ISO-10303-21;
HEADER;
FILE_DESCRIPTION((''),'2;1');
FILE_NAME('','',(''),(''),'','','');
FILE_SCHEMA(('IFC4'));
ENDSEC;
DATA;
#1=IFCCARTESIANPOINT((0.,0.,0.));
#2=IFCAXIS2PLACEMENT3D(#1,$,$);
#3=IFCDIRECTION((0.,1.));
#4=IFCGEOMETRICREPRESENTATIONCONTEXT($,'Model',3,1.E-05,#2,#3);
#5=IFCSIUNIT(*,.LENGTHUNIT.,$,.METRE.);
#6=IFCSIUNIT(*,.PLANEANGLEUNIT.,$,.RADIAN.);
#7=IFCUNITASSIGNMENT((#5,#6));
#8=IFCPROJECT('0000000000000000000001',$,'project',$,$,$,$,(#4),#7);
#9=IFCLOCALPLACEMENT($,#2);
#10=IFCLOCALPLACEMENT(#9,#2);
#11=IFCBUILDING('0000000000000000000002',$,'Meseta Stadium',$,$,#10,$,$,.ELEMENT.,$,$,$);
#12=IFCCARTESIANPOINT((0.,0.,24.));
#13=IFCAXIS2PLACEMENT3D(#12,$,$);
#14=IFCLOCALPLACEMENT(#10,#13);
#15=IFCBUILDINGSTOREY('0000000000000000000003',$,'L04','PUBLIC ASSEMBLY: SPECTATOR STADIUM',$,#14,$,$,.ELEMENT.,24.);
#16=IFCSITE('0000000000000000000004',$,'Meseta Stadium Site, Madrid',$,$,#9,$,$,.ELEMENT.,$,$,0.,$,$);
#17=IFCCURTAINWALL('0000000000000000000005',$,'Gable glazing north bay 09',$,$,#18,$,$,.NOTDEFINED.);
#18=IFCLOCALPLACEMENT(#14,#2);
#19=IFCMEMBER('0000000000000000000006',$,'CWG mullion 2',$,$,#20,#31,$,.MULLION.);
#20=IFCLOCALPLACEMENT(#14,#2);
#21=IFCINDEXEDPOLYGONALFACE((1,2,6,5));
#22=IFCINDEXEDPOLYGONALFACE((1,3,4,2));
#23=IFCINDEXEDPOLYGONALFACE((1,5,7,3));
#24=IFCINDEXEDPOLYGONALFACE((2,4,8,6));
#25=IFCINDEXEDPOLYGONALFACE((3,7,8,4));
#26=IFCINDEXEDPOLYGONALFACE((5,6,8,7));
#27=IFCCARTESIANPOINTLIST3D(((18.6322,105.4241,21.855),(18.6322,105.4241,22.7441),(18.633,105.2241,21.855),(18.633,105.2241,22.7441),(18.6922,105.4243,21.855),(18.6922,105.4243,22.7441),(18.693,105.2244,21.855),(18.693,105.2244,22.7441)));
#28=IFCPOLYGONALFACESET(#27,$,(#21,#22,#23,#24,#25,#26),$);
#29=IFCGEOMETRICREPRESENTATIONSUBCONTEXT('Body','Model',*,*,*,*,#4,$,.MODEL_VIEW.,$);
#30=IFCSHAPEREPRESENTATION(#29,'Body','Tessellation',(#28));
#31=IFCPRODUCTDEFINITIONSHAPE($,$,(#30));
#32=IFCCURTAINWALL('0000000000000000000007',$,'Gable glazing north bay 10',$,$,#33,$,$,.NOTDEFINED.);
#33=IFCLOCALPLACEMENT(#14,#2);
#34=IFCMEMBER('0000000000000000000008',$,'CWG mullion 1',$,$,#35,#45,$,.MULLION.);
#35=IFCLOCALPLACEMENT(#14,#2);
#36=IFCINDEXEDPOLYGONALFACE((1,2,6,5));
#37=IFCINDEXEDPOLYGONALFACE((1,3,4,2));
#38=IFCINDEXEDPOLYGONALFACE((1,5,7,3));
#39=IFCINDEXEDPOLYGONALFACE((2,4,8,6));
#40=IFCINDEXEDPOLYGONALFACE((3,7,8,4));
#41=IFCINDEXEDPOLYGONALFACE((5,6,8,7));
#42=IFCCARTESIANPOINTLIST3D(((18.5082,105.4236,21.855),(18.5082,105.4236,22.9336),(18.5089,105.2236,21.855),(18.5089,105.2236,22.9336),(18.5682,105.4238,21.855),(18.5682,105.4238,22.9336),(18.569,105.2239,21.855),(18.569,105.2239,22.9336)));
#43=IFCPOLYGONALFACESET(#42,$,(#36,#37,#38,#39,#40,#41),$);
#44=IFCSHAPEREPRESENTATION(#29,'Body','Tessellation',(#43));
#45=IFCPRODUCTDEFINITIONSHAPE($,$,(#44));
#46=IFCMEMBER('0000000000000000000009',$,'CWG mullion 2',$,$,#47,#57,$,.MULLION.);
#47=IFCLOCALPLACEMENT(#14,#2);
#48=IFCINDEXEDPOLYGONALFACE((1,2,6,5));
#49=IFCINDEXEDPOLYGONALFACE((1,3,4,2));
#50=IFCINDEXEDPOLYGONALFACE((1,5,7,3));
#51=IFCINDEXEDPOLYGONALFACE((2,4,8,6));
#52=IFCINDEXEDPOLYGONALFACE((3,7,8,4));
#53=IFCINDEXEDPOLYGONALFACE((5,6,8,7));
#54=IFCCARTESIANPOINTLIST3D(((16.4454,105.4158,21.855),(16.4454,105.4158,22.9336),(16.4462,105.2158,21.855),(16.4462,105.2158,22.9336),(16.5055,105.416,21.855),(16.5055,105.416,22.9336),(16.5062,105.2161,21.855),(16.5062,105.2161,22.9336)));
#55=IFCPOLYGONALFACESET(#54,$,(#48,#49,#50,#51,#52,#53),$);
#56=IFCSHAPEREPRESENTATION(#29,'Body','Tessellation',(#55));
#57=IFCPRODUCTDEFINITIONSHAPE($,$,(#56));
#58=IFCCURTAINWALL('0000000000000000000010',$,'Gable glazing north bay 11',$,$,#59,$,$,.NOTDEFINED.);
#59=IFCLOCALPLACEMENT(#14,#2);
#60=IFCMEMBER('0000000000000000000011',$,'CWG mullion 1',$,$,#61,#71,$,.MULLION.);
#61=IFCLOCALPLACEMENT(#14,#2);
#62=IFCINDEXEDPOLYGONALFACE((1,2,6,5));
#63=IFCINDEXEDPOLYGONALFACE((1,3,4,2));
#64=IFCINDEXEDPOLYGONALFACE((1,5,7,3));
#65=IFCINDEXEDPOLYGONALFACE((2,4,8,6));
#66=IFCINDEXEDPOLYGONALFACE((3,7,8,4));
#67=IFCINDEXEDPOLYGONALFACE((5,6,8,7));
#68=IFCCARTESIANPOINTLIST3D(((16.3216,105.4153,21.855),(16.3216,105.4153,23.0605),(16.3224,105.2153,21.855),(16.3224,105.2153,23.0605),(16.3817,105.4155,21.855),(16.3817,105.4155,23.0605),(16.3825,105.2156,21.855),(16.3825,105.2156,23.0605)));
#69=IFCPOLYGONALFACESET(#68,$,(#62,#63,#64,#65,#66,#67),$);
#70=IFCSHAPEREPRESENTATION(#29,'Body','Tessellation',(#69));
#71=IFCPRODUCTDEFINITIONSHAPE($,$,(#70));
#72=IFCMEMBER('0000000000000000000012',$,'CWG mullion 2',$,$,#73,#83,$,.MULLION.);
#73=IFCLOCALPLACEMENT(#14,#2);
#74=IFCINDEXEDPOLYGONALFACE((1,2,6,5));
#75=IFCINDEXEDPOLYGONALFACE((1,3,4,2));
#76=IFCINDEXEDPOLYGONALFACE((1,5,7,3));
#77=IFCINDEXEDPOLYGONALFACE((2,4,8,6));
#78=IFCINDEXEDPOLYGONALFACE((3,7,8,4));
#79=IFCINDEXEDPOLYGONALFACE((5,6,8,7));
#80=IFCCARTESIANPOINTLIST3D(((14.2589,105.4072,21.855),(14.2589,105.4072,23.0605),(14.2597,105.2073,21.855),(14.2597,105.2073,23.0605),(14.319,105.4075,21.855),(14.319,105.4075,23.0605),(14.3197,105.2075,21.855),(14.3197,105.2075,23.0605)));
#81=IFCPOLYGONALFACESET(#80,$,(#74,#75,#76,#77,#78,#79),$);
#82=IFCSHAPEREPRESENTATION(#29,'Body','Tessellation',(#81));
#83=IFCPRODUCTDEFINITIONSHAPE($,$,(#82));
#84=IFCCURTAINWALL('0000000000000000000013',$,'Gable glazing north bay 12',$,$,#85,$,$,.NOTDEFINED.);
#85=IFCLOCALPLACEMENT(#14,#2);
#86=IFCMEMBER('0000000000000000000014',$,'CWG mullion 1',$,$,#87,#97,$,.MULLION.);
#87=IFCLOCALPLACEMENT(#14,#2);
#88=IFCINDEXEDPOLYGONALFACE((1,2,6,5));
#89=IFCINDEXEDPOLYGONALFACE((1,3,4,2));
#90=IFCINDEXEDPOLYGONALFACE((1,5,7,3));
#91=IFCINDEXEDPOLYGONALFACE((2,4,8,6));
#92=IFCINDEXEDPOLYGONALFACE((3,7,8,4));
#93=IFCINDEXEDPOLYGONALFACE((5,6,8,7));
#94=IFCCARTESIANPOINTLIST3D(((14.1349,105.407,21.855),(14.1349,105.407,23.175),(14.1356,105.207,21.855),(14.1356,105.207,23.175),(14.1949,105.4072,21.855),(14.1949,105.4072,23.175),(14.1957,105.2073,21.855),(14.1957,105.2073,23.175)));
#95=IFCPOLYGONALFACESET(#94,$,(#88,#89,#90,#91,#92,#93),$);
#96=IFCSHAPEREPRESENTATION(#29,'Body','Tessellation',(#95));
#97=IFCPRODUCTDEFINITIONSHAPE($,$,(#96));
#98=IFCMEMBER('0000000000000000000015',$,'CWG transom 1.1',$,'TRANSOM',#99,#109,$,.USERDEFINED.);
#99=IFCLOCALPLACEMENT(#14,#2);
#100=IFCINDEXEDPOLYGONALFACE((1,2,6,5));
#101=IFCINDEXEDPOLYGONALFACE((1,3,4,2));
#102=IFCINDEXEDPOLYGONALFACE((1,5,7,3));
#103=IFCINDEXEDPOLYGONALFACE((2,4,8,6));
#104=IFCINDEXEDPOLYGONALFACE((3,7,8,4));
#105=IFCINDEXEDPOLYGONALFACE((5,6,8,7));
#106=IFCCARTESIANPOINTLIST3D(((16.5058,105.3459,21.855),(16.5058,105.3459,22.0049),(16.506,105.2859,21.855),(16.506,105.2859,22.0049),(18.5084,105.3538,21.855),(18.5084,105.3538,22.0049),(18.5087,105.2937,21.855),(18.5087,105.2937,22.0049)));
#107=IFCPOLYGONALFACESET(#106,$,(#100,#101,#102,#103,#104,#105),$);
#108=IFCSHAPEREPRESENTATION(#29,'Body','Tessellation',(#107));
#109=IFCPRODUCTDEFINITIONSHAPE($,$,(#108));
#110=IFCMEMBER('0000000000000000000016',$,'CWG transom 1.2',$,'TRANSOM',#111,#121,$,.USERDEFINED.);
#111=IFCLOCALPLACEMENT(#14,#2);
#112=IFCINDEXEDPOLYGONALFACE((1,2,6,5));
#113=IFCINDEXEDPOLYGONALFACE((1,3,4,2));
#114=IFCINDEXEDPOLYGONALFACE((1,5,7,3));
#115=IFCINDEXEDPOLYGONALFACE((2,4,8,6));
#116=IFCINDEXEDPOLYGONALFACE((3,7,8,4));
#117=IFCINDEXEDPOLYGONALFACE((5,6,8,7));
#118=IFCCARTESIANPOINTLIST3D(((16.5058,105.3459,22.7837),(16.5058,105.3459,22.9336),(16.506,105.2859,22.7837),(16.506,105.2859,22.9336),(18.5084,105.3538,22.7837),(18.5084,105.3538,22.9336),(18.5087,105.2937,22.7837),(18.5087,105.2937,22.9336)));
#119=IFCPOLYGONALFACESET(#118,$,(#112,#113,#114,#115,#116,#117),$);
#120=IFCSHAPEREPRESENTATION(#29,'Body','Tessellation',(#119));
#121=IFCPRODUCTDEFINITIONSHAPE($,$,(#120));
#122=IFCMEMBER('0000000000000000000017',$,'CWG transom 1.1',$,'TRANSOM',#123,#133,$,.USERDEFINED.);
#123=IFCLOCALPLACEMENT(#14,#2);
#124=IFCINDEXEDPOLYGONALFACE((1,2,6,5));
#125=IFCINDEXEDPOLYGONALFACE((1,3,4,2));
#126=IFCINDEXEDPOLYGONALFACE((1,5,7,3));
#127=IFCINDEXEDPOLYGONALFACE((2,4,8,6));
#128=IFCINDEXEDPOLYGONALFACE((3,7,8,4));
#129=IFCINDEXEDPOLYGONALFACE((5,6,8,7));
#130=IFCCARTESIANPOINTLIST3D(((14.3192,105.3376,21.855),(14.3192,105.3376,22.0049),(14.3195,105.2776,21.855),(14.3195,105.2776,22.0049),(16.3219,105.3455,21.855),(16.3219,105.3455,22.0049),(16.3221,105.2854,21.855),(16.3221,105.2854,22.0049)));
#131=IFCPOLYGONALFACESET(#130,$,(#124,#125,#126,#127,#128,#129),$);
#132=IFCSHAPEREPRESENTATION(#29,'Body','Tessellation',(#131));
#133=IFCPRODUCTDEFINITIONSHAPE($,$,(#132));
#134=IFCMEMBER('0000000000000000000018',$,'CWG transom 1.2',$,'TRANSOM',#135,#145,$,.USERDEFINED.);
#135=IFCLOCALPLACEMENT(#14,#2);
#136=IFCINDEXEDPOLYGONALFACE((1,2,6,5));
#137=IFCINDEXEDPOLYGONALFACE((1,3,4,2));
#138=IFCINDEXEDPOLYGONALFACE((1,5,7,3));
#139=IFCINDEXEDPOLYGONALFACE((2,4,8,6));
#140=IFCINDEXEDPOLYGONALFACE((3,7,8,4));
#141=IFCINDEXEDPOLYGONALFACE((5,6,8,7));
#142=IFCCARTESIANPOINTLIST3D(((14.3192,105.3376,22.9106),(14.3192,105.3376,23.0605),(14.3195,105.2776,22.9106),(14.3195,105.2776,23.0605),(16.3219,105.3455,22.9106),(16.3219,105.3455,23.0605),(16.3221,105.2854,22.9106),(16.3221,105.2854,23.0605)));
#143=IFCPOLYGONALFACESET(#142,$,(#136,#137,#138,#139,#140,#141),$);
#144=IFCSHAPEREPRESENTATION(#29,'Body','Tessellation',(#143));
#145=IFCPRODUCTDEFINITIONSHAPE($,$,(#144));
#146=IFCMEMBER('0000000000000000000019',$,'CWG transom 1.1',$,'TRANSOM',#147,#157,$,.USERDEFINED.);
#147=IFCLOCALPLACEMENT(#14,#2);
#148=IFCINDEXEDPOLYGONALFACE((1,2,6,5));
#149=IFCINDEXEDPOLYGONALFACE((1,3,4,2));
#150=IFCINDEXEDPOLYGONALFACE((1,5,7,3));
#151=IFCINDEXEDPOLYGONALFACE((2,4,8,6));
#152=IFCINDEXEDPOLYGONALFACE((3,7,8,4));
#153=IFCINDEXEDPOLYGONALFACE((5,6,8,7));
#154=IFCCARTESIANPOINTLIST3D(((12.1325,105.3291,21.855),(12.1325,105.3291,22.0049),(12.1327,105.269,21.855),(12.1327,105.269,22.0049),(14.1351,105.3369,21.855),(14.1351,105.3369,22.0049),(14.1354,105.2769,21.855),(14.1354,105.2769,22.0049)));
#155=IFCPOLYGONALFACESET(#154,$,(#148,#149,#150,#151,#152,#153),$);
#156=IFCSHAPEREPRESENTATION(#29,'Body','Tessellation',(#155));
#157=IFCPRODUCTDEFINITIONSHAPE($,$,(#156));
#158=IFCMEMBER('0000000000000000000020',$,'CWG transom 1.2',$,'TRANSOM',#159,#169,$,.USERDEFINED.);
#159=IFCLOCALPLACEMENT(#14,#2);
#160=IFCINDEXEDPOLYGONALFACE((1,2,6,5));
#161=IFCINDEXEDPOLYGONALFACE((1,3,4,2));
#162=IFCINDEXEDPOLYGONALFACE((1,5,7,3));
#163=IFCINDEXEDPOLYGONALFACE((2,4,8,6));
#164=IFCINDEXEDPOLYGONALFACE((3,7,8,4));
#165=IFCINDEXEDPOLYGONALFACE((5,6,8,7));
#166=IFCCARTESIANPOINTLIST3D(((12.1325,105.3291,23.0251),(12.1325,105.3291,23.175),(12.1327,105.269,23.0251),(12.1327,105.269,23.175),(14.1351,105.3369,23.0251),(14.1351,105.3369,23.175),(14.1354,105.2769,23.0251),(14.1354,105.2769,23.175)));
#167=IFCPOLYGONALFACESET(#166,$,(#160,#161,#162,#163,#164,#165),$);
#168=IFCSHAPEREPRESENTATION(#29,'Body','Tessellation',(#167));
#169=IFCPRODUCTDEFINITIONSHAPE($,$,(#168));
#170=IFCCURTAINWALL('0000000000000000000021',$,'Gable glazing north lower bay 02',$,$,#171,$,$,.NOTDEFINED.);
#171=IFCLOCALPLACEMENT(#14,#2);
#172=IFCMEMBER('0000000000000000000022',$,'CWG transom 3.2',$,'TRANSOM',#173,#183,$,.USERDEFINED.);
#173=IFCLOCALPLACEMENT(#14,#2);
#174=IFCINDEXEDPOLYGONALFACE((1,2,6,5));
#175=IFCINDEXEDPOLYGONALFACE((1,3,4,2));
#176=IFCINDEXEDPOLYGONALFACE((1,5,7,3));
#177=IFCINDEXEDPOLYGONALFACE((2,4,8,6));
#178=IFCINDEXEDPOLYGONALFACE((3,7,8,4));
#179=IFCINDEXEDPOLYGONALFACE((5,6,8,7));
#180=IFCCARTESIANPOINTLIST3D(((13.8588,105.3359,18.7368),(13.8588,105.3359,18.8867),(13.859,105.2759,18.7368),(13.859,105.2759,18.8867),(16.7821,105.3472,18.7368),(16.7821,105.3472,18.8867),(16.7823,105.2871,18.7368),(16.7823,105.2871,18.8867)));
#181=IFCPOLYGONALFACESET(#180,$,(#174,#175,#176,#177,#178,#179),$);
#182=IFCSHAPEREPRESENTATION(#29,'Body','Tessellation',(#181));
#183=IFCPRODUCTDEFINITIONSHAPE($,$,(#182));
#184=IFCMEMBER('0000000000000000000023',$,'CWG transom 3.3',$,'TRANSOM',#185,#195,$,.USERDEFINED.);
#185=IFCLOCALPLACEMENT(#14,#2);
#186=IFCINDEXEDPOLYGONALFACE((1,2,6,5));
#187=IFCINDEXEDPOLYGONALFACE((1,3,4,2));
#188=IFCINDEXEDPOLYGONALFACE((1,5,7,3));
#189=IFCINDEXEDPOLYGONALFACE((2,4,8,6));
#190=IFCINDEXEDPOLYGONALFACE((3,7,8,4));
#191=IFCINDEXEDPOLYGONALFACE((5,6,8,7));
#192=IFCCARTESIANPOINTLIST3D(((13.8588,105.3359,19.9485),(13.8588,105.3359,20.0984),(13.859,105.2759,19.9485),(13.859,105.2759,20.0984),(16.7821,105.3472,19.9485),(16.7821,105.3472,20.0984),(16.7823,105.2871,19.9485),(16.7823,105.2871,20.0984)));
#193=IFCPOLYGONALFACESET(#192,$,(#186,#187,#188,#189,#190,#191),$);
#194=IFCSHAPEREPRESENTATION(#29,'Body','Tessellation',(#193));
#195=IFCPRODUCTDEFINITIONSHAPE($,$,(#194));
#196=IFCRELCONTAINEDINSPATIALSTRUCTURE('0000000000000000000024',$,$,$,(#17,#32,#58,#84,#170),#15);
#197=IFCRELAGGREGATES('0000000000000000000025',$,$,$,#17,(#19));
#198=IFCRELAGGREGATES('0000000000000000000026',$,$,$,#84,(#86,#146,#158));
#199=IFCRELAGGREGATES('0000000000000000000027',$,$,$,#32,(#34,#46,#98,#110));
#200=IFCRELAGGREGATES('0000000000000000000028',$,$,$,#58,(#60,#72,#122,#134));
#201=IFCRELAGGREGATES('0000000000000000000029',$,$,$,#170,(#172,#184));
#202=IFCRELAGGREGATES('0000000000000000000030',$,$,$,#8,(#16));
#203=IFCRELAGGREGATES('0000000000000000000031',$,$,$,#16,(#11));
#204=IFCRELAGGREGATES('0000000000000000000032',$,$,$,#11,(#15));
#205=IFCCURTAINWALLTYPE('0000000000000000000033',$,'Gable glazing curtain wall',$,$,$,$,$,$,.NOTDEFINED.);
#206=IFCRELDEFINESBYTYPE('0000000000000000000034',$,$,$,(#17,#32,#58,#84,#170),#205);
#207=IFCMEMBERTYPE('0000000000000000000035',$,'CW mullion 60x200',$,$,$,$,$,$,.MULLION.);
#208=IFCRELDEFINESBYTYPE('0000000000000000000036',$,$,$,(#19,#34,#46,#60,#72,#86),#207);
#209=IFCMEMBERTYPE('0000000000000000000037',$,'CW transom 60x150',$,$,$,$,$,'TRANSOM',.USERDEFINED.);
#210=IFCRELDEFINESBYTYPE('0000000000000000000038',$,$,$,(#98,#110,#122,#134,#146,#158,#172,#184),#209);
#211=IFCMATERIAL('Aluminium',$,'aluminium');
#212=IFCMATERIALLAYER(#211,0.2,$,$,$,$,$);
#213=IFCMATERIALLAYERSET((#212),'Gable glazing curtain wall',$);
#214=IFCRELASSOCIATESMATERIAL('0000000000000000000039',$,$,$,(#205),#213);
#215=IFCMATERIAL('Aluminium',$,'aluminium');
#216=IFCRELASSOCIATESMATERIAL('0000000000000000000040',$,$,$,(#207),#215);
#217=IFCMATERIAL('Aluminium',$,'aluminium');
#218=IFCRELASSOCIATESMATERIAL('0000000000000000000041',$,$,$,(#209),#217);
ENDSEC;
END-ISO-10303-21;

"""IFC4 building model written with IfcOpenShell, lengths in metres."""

from ifc_helpers import new_model, si_unit, direction, frame, origin, origin_2d, place, context, subcontext, project, spatial, rectangle, extrude, material, layer, layer_set, material_profile, profile_set, type_object, element, aggregate, save


model = new_model("IFC4")

# Units and contexts
model_context = context("Model", 3, precision=1e-05, world=origin(), true_north=direction((0.0, 1.0)))
body_context = subcontext(model_context, "Body", "Model", "MODEL_VIEW")
ifc_project = project(units=[si_unit("LENGTHUNIT", "METRE"), si_unit("PLANEANGLEUNIT", "RADIAN")], contexts=[model_context])

# Site, building, storey
site_placement = place(None, origin())
site = spatial("IfcSite", under=ifc_project, at=site_placement, Name="Meseta Stadium Site, Madrid", CompositionType="ELEMENT", RefElevation=0.0)
building_placement = place(site_placement, origin())
building = spatial("IfcBuilding", under=site, at=building_placement, Name="Meseta Stadium", CompositionType="ELEMENT")
storey_placement = place(building_placement, frame((0.0, 0.0, 24.0)))
storey = spatial("IfcBuildingStorey", under=building, at=storey_placement, Name="L04", Description="PUBLIC ASSEMBLY: SPECTATOR STADIUM", CompositionType="ELEMENT", Elevation=24.0)

# Curtain wall, member
ifc_material_1 = material(Name="Aluminium", Category="aluminium")
ifc_layer_1 = layer(ifc_material_1, 0.2)
ifc_layer_set_1 = layer_set([ifc_layer_1], Name="Gable glazing curtain wall")
curtain_wall_type = type_object("IfcCurtainWallType", Name="Gable glazing curtain wall", PredefinedType="NOTDEFINED", material=ifc_layer_set_1)
curtain_wall_1_placement = place(storey_placement, origin())
curtain_wall_1 = element("IfcCurtainWall", 1, at=curtain_wall_1_placement, inside=storey, type_object=curtain_wall_type, Name="Gable glazing north bay 09", PredefinedType="NOTDEFINED")
ifc_material_2 = material(Name="Aluminium", Category="aluminium")
ifc_material_profile_1 = material_profile(ifc_material_2, rectangle(XDim=0.2, YDim=0.0601, at=origin_2d()), Name="CW 200x60")
ifc_profile_set_1 = profile_set([ifc_material_profile_1], Name="Aluminium")
member_type_1 = type_object("IfcMemberType", Name="CW mullion 60x200", PredefinedType="MULLION", material=ifc_profile_set_1)
member_1_placement = place(storey_placement, frame((18.6626, 105.3242, 21.855), z_axis=(0.0, 0.0, 1.0), x_axis=(0.003848, -0.999993, 0.0)))
member_1 = element("IfcMember", 2, at=member_1_placement, type_object=member_type_1, Name="CWG mullion 2", PredefinedType="MULLION", context=body_context, shape_type="SweptSolid", body=[
    extrude(rectangle(XDim=0.2, YDim=0.0601, at=origin_2d()), origin(), (0.0, 0.0, 1.0), 0.8892),
])
aggregate(curtain_wall_1, [member_1])

# Curtain walls, members
curtain_wall_2_placement = place(storey_placement, origin())
curtain_wall_2 = element("IfcCurtainWall", 3, at=curtain_wall_2_placement, inside=storey, type_object=curtain_wall_type, Name="Gable glazing north bay 10", PredefinedType="NOTDEFINED")
member_2_placement = place(storey_placement, frame((18.5386, 105.3237, 21.855), z_axis=(0.0, 0.0, 1.0), x_axis=(0.003848, -0.999993, 0.0)))
member_2 = element("IfcMember", 4, at=member_2_placement, type_object=member_type_1, Name="CWG mullion 1", PredefinedType="MULLION", context=body_context, shape_type="SweptSolid", body=[
    extrude(rectangle(XDim=0.2, YDim=0.0601, at=origin_2d()), origin(), (0.0, 0.0, 1.0), 1.0786),
])
member_3_placement = place(storey_placement, frame((16.4758, 105.3159, 21.855), z_axis=(0.0, 0.0, 1.0), x_axis=(0.003848, -0.999993, 0.0)))
member_3 = element("IfcMember", 5, at=member_3_placement, type_object=member_type_1, Name="CWG mullion 2", PredefinedType="MULLION", context=body_context, shape_type="SweptSolid", body=[
    extrude(rectangle(XDim=0.2, YDim=0.0601, at=origin_2d()), origin(), (0.0, 0.0, 1.0), 1.0786),
])
curtain_wall_3_placement = place(storey_placement, origin())
curtain_wall_3 = element("IfcCurtainWall", 6, at=curtain_wall_3_placement, inside=storey, type_object=curtain_wall_type, Name="Gable glazing north bay 11", PredefinedType="NOTDEFINED")
member_4_placement = place(storey_placement, frame((16.3521, 105.3154, 21.855), z_axis=(0.0, 0.0, 1.0), x_axis=(0.003848, -0.999993, 0.0)))
member_4 = element("IfcMember", 7, at=member_4_placement, type_object=member_type_1, Name="CWG mullion 1", PredefinedType="MULLION", context=body_context, shape_type="SweptSolid", body=[
    extrude(rectangle(XDim=0.2, YDim=0.0601, at=origin_2d()), origin(), (0.0, 0.0, 1.0), 1.2056),
])
member_5_placement = place(storey_placement, frame((14.2893, 105.3074, 21.855), z_axis=(0.0, 0.0, 1.0), x_axis=(0.003848, -0.999993, 0.0)))
member_5 = element("IfcMember", 8, at=member_5_placement, type_object=member_type_1, Name="CWG mullion 2", PredefinedType="MULLION", context=body_context, shape_type="SweptSolid", body=[
    extrude(rectangle(XDim=0.2, YDim=0.0601, at=origin_2d()), origin(), (0.0, 0.0, 1.0), 1.2056),
])

# Curtain wall, member
curtain_wall_4_placement = place(storey_placement, origin())
curtain_wall_4 = element("IfcCurtainWall", 9, at=curtain_wall_4_placement, inside=storey, type_object=curtain_wall_type, Name="Gable glazing north bay 12", PredefinedType="NOTDEFINED")
member_6_placement = place(storey_placement, frame((14.1653, 105.3071, 21.855), z_axis=(0.0, 0.0, 1.0), x_axis=(0.003848, -0.999993, 0.0)))
member_6 = element("IfcMember", 10, at=member_6_placement, type_object=member_type_1, Name="CWG mullion 1", PredefinedType="MULLION", context=body_context, shape_type="SweptSolid", body=[
    extrude(rectangle(XDim=0.2, YDim=0.0601, at=origin_2d()), origin(), (0.0, 0.0, 1.0), 1.3201),
])

# Members
ifc_material_3 = material(Name="Aluminium", Category="aluminium")
ifc_material_profile_2 = material_profile(ifc_material_3, rectangle(XDim=0.0601, YDim=0.1499, at=origin_2d()), Name="CW 60x150")
ifc_profile_set_2 = profile_set([ifc_material_profile_2], Name="Aluminium")
member_type_2 = type_object("IfcMemberType", Name="CW transom 60x150", ElementType="TRANSOM", PredefinedType="USERDEFINED", material=ifc_profile_set_2)
member_7_placement = place(storey_placement, frame((18.5085, 105.3237, 21.9299), z_axis=(-0.999992, -0.003901, 0.0), x_axis=(0.003901, -0.999992, 0.0)))
member_7 = element("IfcMember", 11, at=member_7_placement, type_object=member_type_2, Name="CWG transom 1.1", ObjectType="TRANSOM", PredefinedType="USERDEFINED", context=body_context, shape_type="SweptSolid", body=[
    extrude(rectangle(XDim=0.0601, YDim=0.1499, at=origin_2d()), origin(), (0.0, 0.0, 1.0), 2.0027),
])
member_8_placement = place(storey_placement, frame((18.5085, 105.3237, 22.8586), z_axis=(-0.999992, -0.003901, 0.0), x_axis=(0.003901, -0.999992, 0.0)))
member_8 = element("IfcMember", 12, at=member_8_placement, type_object=member_type_2, Name="CWG transom 1.2", ObjectType="TRANSOM", PredefinedType="USERDEFINED", context=body_context, shape_type="SweptSolid", body=[
    extrude(rectangle(XDim=0.0601, YDim=0.1499, at=origin_2d()), origin(), (0.0, 0.0, 1.0), 2.0027),
])
member_9_placement = place(storey_placement, frame((16.322, 105.3154, 21.9299), z_axis=(-0.999992, -0.003901, 0.0), x_axis=(0.003901, -0.999992, 0.0)))
member_9 = element("IfcMember", 13, at=member_9_placement, type_object=member_type_2, Name="CWG transom 1.1", ObjectType="TRANSOM", PredefinedType="USERDEFINED", context=body_context, shape_type="SweptSolid", body=[
    extrude(rectangle(XDim=0.0601, YDim=0.1499, at=origin_2d()), origin(), (0.0, 0.0, 1.0), 2.0027),
])
member_10_placement = place(storey_placement, frame((16.322, 105.3154, 22.9856), z_axis=(-0.999992, -0.003901, 0.0), x_axis=(0.003901, -0.999992, 0.0)))
member_10 = element("IfcMember", 14, at=member_10_placement, type_object=member_type_2, Name="CWG transom 1.2", ObjectType="TRANSOM", PredefinedType="USERDEFINED", context=body_context, shape_type="SweptSolid", body=[
    extrude(rectangle(XDim=0.0601, YDim=0.1499, at=origin_2d()), origin(), (0.0, 0.0, 1.0), 2.0027),
])
member_11_placement = place(storey_placement, frame((14.1353, 105.3069, 21.9299), z_axis=(-0.999992, -0.003901, 0.0), x_axis=(0.003901, -0.999992, 0.0)))
member_11 = element("IfcMember", 15, at=member_11_placement, type_object=member_type_2, Name="CWG transom 1.1", ObjectType="TRANSOM", PredefinedType="USERDEFINED", context=body_context, shape_type="SweptSolid", body=[
    extrude(rectangle(XDim=0.0601, YDim=0.1499, at=origin_2d()), origin(), (0.0, 0.0, 1.0), 2.0027),
])
member_12_placement = place(storey_placement, frame((14.1353, 105.3069, 23.1001), z_axis=(-0.999992, -0.003901, 0.0), x_axis=(0.003901, -0.999992, 0.0)))
member_12 = element("IfcMember", 16, at=member_12_placement, type_object=member_type_2, Name="CWG transom 1.2", ObjectType="TRANSOM", PredefinedType="USERDEFINED", context=body_context, shape_type="SweptSolid", body=[
    extrude(rectangle(XDim=0.0601, YDim=0.1499, at=origin_2d()), origin(), (0.0, 0.0, 1.0), 2.0027),
])
aggregate(curtain_wall_4, [member_6, member_11, member_12])

# Curtain wall, members
curtain_wall_5_placement = place(storey_placement, origin())
curtain_wall_5 = element("IfcCurtainWall", 17, at=curtain_wall_5_placement, inside=storey, type_object=curtain_wall_type, Name="Gable glazing north lower bay 02", PredefinedType="NOTDEFINED")
member_13_placement = place(storey_placement, frame((16.7822, 105.3171, 18.8118), z_axis=(-0.999993, -0.003842, 0.0), x_axis=(0.003842, -0.999993, 0.0)))
member_13 = element("IfcMember", 18, at=member_13_placement, type_object=member_type_2, Name="CWG transom 3.2", ObjectType="TRANSOM", PredefinedType="USERDEFINED", context=body_context, shape_type="SweptSolid", body=[
    extrude(rectangle(XDim=0.0601, YDim=0.1499, at=origin_2d()), origin(), (0.0, 0.0, 1.0), 2.9233),
])
member_14_placement = place(storey_placement, frame((16.7822, 105.3171, 20.0234), z_axis=(-0.999993, -0.003842, 0.0), x_axis=(0.003842, -0.999993, 0.0)))
member_14 = element("IfcMember", 19, at=member_14_placement, type_object=member_type_2, Name="CWG transom 3.3", ObjectType="TRANSOM", PredefinedType="USERDEFINED", context=body_context, shape_type="SweptSolid", body=[
    extrude(rectangle(XDim=0.0601, YDim=0.1499, at=origin_2d()), origin(), (0.0, 0.0, 1.0), 2.9233),
])

aggregate(curtain_wall_2, [member_2, member_3, member_7, member_8])
aggregate(curtain_wall_3, [member_4, member_5, member_9, member_10])
aggregate(curtain_wall_5, [member_13, member_14])

save(model, "model.ifc")
